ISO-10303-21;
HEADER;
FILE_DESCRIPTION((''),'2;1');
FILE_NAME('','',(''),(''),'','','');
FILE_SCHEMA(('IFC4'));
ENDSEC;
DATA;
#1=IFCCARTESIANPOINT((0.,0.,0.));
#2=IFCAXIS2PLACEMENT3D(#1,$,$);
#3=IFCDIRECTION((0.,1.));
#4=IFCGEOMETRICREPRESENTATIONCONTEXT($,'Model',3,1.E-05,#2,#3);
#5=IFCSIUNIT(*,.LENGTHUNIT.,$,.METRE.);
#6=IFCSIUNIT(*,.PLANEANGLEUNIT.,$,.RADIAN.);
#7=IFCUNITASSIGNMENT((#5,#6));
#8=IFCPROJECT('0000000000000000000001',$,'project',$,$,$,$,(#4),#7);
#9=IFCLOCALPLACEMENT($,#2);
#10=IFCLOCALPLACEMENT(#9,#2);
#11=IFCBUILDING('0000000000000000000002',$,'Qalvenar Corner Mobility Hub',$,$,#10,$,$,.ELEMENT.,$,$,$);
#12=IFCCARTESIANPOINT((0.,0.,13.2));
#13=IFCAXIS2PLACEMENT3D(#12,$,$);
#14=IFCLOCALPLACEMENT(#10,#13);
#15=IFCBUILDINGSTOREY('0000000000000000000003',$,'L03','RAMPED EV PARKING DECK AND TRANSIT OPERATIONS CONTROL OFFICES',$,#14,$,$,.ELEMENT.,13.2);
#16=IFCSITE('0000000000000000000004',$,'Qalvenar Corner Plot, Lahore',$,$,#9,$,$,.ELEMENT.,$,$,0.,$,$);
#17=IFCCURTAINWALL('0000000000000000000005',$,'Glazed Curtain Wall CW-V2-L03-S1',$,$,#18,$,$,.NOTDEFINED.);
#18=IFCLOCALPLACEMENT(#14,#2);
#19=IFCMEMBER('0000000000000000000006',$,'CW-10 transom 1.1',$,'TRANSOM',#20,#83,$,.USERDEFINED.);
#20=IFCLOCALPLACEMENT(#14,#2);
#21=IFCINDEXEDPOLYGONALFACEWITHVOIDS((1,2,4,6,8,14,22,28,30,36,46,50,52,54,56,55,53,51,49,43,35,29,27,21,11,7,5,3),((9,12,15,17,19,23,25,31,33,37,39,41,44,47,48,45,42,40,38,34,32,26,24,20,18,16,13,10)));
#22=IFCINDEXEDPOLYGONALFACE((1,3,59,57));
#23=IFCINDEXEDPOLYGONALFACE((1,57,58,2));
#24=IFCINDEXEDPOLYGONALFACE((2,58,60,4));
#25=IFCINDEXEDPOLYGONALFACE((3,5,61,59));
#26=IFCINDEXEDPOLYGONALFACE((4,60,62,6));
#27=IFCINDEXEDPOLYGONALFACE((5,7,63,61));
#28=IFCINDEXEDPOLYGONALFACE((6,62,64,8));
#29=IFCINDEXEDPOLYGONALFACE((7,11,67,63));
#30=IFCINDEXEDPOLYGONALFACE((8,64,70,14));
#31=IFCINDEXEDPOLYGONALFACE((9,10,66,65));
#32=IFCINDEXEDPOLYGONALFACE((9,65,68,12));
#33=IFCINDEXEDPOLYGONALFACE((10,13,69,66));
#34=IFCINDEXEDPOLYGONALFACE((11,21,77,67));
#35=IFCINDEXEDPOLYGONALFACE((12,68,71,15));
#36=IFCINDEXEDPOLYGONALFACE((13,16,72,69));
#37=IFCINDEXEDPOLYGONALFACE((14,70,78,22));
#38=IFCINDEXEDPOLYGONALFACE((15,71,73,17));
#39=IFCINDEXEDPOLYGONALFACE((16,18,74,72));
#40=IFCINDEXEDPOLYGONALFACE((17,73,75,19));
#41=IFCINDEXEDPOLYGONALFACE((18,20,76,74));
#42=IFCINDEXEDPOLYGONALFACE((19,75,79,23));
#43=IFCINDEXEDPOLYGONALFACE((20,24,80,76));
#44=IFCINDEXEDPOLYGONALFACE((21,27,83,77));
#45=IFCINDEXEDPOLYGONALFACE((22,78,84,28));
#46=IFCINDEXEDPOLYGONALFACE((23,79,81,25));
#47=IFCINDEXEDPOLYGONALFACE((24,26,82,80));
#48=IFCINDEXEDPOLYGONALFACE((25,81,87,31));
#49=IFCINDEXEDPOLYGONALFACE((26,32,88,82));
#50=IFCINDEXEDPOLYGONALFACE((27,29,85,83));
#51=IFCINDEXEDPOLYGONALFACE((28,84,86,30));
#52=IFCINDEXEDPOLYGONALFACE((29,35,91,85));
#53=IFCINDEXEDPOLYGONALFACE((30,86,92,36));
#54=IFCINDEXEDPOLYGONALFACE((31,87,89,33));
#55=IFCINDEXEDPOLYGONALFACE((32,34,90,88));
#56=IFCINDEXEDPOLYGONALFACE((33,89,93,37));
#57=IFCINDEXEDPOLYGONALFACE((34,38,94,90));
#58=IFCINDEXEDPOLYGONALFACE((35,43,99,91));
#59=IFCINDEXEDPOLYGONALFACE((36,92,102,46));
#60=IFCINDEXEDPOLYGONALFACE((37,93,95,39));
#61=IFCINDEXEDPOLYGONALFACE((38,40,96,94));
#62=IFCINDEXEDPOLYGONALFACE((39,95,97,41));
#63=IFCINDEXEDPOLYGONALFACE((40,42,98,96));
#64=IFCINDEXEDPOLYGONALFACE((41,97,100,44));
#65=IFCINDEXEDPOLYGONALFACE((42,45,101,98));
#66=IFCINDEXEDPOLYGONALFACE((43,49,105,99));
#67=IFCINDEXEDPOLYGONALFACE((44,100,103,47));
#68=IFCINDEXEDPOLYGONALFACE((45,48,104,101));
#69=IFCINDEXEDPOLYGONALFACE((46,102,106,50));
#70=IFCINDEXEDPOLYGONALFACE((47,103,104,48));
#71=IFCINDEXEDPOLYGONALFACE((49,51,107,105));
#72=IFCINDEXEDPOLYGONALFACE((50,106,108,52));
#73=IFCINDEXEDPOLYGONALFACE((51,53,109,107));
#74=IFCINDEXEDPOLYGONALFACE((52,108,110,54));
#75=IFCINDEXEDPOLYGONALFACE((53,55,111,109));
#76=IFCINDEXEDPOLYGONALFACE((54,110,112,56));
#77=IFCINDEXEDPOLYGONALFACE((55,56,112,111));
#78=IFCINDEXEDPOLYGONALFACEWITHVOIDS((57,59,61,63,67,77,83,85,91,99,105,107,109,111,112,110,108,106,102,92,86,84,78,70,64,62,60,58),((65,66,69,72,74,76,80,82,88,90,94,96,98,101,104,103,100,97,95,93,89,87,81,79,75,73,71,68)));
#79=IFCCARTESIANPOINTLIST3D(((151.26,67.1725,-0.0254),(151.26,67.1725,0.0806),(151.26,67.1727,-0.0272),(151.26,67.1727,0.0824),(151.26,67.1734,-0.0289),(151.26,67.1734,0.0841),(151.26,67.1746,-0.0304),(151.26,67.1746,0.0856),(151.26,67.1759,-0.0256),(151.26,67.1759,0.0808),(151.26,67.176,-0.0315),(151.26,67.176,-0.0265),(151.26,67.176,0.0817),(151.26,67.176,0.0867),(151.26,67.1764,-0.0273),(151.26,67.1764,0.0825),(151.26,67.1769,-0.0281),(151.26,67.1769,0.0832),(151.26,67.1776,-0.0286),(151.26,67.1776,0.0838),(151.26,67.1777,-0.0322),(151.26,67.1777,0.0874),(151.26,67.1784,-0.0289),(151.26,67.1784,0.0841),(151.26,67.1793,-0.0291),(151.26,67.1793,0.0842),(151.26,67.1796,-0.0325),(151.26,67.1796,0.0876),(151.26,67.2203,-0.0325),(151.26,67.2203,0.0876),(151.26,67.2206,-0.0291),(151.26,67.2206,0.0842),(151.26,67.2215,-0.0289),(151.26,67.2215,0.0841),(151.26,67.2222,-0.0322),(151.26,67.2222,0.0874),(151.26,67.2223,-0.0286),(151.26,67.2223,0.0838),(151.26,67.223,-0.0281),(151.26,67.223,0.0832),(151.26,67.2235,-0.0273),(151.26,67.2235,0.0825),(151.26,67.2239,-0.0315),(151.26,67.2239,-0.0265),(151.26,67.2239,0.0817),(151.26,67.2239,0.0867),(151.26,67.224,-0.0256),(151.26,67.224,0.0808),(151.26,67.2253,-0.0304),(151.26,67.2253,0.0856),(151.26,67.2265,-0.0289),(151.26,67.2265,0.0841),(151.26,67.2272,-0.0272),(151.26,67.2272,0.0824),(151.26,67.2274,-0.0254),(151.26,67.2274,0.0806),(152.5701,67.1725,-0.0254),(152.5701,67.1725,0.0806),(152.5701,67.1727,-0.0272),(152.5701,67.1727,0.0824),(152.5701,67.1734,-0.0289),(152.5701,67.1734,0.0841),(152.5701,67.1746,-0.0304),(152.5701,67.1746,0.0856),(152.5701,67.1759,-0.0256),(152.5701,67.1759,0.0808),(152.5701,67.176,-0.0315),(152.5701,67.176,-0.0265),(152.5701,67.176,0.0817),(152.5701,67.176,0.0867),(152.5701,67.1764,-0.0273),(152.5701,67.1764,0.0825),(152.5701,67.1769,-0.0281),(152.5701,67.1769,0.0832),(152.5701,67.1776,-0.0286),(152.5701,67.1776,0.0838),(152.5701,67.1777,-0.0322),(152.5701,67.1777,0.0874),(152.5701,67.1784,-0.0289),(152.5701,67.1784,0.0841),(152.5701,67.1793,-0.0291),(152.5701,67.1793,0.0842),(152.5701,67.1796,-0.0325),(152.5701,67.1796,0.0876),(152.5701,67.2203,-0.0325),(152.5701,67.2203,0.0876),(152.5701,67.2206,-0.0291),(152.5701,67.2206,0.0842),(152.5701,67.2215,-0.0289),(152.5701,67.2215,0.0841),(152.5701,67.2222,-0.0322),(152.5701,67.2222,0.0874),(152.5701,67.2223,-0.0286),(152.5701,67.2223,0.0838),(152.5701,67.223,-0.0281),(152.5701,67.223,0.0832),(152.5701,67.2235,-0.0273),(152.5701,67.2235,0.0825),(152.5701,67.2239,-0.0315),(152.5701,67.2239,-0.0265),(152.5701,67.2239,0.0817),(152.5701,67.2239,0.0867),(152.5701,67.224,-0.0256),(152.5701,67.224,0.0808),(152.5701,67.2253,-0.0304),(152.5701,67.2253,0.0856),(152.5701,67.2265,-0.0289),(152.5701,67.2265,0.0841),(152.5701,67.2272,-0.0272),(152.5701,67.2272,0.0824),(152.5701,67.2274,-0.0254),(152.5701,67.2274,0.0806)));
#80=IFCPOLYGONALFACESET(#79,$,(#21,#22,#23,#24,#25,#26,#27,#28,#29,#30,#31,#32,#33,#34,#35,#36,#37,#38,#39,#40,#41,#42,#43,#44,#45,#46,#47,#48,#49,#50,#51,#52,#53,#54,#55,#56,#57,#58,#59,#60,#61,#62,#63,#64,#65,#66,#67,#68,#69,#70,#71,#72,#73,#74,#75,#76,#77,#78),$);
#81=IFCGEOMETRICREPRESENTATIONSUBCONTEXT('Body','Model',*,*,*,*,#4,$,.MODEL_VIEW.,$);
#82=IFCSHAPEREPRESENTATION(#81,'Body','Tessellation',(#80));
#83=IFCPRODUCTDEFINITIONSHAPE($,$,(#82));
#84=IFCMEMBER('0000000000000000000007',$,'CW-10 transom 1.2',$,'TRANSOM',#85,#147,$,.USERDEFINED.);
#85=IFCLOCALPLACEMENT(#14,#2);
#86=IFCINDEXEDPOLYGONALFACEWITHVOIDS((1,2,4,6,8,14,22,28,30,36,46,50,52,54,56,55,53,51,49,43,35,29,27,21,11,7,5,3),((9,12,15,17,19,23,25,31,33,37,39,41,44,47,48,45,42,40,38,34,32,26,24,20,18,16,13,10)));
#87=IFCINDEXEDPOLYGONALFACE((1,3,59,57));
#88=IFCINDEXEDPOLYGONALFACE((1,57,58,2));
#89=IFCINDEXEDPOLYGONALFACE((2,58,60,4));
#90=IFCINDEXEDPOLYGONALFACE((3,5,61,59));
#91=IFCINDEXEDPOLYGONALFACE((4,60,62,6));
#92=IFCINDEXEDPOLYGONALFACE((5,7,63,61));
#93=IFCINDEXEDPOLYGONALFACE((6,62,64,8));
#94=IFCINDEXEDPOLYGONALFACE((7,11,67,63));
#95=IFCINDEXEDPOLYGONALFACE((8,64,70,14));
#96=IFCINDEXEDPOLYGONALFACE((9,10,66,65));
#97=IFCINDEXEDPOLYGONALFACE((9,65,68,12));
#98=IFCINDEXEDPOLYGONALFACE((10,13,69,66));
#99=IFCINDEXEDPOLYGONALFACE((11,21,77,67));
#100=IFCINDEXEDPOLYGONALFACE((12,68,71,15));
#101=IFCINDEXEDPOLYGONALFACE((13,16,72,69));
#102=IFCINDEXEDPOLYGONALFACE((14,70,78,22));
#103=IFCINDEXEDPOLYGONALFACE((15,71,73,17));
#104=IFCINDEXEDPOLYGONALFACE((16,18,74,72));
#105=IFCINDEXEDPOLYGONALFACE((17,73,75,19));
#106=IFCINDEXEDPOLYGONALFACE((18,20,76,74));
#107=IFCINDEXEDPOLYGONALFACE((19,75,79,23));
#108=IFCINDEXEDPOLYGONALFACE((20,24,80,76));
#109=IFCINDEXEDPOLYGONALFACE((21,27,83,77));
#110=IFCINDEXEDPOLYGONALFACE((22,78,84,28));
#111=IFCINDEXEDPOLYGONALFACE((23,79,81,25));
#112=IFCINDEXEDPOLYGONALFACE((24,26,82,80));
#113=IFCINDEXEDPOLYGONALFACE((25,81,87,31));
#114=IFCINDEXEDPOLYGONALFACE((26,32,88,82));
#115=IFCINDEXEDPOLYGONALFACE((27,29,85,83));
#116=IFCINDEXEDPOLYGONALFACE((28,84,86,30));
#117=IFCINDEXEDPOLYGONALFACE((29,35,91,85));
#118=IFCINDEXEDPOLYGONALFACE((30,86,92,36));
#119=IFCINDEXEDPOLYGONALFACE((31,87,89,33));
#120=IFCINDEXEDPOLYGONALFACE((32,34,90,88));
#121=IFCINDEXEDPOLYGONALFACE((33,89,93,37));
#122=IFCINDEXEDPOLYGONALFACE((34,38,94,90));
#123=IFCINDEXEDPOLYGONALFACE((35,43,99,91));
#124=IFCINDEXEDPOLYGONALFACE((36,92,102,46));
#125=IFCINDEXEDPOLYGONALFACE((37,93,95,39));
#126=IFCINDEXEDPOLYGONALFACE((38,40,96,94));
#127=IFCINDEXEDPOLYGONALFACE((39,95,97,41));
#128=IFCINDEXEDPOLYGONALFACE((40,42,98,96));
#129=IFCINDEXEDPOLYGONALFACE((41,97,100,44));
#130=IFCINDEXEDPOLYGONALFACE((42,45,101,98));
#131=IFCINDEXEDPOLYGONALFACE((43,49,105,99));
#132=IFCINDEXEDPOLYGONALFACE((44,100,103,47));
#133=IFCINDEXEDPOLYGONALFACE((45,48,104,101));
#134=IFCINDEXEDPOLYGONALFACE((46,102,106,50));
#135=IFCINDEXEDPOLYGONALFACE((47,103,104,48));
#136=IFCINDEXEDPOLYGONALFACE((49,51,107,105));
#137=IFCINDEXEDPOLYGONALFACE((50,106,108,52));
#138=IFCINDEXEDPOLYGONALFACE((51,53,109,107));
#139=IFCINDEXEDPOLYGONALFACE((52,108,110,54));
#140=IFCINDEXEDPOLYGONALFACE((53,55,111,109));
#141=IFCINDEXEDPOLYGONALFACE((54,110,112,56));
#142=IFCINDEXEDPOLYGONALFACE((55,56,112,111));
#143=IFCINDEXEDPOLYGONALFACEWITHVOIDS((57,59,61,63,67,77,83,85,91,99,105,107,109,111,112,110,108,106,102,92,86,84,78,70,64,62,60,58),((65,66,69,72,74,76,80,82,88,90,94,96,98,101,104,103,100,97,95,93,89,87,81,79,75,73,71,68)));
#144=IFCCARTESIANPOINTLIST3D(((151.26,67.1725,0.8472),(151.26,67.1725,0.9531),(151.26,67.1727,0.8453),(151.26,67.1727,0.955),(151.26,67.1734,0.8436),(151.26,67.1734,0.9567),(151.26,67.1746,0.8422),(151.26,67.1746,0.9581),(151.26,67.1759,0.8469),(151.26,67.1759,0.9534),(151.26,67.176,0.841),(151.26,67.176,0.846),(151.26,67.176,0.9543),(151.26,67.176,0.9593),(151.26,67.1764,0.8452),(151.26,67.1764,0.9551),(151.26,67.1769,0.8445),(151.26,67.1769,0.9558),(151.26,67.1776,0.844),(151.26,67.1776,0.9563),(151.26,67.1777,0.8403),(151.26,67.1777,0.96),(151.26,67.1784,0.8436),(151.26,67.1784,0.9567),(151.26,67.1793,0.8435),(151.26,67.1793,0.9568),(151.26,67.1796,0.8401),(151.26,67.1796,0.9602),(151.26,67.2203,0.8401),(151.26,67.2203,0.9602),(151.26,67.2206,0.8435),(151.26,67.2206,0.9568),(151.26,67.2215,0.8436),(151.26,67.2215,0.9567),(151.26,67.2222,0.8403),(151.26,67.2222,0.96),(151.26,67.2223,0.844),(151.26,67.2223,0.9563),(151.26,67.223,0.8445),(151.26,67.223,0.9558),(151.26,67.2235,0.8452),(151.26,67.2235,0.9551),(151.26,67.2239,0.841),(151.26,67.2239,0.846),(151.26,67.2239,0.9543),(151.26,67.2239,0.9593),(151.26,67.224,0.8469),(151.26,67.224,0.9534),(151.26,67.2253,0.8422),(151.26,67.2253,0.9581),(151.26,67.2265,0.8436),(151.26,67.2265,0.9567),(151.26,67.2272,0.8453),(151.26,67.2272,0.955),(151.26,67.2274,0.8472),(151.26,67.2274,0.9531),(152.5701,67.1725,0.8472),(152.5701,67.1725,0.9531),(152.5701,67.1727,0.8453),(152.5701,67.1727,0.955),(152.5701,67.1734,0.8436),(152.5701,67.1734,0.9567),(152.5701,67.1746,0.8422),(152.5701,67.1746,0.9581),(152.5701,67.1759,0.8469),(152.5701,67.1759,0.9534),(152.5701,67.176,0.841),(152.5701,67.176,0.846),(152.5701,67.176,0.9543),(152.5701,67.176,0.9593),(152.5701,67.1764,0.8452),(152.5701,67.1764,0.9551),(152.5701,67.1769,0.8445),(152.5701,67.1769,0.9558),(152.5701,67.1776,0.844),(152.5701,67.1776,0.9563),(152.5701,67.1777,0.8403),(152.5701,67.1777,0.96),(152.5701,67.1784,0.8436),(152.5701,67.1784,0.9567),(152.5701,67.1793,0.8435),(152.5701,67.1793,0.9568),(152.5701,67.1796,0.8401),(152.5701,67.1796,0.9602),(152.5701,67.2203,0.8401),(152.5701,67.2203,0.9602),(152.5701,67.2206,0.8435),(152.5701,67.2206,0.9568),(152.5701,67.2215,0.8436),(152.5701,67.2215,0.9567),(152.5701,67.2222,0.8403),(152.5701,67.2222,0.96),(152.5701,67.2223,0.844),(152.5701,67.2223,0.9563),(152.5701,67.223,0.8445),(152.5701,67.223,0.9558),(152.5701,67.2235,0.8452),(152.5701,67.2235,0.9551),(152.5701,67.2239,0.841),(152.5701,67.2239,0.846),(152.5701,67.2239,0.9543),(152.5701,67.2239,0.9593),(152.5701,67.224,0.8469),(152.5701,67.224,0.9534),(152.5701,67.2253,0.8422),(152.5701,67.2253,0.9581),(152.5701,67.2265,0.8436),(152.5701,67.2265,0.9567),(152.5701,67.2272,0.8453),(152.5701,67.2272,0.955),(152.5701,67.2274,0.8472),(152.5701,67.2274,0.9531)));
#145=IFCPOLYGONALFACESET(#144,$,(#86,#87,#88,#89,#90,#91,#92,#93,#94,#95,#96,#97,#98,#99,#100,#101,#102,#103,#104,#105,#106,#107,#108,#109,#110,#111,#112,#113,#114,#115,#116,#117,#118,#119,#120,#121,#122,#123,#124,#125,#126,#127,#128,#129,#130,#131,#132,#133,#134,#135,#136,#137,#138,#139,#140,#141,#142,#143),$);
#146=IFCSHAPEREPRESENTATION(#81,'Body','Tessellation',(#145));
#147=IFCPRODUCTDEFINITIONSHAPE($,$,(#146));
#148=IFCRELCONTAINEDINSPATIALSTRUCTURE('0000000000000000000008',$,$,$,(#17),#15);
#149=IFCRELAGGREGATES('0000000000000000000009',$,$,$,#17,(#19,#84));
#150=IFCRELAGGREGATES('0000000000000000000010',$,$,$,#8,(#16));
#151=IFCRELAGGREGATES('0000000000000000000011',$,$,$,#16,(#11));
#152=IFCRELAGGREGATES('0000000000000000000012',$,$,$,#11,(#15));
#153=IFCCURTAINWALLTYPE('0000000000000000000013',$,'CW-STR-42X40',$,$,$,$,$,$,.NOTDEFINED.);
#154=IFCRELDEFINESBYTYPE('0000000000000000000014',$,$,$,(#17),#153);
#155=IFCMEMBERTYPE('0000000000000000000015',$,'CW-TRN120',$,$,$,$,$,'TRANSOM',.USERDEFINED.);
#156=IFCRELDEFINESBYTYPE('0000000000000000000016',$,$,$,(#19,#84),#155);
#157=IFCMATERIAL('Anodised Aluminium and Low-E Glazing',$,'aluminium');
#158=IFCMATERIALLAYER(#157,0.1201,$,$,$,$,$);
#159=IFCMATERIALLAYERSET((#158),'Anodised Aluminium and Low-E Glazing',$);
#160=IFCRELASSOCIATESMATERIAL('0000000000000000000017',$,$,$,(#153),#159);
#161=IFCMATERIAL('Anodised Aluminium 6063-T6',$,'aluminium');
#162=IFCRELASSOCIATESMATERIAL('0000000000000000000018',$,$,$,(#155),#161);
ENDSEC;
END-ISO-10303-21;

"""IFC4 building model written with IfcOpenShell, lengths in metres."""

from ifc_helpers import new_model, si_unit, direction, frame, origin, origin_2d, place, context, subcontext, project, spatial, hollow_rectangle, extrude, material, layer, layer_set, material_profile, profile_set, type_object, element, aggregate, save


model = new_model("IFC4")

# Units and contexts
model_context = context("Model", 3, precision=1e-05, world=origin(), true_north=direction((0.0, 1.0)))
body_context = subcontext(model_context, "Body", "Model", "MODEL_VIEW")
ifc_project = project(units=[si_unit("LENGTHUNIT", "METRE"), si_unit("PLANEANGLEUNIT", "RADIAN")], contexts=[model_context])

# Site, building, storey
site_placement = place(None, origin())
site = spatial("IfcSite", under=ifc_project, at=site_placement, Name="Qalvenar Corner Plot, Lahore", CompositionType="ELEMENT", RefElevation=0.0)
building_placement = place(site_placement, origin())
building = spatial("IfcBuilding", under=site, at=building_placement, Name="Qalvenar Corner Mobility Hub", CompositionType="ELEMENT")
storey_placement = place(building_placement, frame((0.0, 0.0, 13.2)))
storey = spatial("IfcBuildingStorey", under=building, at=storey_placement, Name="L03", Description="RAMPED EV PARKING DECK AND TRANSIT OPERATIONS CONTROL OFFICES", CompositionType="ELEMENT", Elevation=13.2)

# Curtain wall
ifc_material_1 = material(Name="Anodised Aluminium and Low-E Glazing", Category="aluminium")
ifc_layer_1 = layer(ifc_material_1, 0.1201)
ifc_layer_set_1 = layer_set([ifc_layer_1], Name="Anodised Aluminium and Low-E Glazing")
curtain_wall_type = type_object("IfcCurtainWallType", Name="CW-STR-42X40", PredefinedType="NOTDEFINED", material=ifc_layer_set_1)
ifc_material_2 = material(Name="Anodised Aluminium 6063-T6", Category="aluminium")
curtain_wall_1_placement = place(storey_placement, origin())
curtain_wall_1 = element("IfcCurtainWall", 1, at=curtain_wall_1_placement, inside=storey, type_object=curtain_wall_type, Name="Glazed Curtain Wall CW-V2-L03-S1", PredefinedType="NOTDEFINED")

# Members
ifc_material_profile_1 = material_profile(ifc_material_2, hollow_rectangle(XDim=0.0549, YDim=0.1201, WallThickness=0.0034, InnerFilletRadius=0.0034, OuterFilletRadius=0.0071, at=origin_2d()), Name="RHS120x55x3.5")
ifc_profile_set_1 = profile_set([ifc_material_profile_1], Name="Anodised Aluminium 6063-T6")
member_type_1 = type_object("IfcMemberType", Name="CW-TRN120", ElementType="TRANSOM", PredefinedType="USERDEFINED", material=ifc_profile_set_1)
member_1_placement = place(storey_placement, frame((151.26, 67.2, 0.0276), z_axis=(1.0, 0.0, 0.0), x_axis=(0.0, 1.0, 0.0)))
member_1 = element("IfcMember", 2, at=member_1_placement, type_object=member_type_1, Name="CW-10 transom 1.1", ObjectType="TRANSOM", PredefinedType="USERDEFINED", context=body_context, shape_type="SweptSolid", body=[
    extrude(hollow_rectangle(XDim=0.0549, YDim=0.1201, WallThickness=0.0034, InnerFilletRadius=0.0034, OuterFilletRadius=0.0071, at=origin_2d()), origin(), (0.0, 0.0, 1.0), 1.3101),
])
member_2_placement = place(storey_placement, frame((151.26, 67.2, 0.9001), z_axis=(1.0, 0.0, 0.0), x_axis=(0.0, 1.0, 0.0)))
member_2 = element("IfcMember", 3, at=member_2_placement, type_object=member_type_1, Name="CW-10 transom 1.2", ObjectType="TRANSOM", PredefinedType="USERDEFINED", context=body_context, shape_type="SweptSolid", body=[
    extrude(hollow_rectangle(XDim=0.0549, YDim=0.1201, WallThickness=0.0034, InnerFilletRadius=0.0034, OuterFilletRadius=0.0071, at=origin_2d()), origin(), (0.0, 0.0, 1.0), 1.3101),
])

aggregate(curtain_wall_1, [member_1, member_2])

save(model, "model.ifc")
